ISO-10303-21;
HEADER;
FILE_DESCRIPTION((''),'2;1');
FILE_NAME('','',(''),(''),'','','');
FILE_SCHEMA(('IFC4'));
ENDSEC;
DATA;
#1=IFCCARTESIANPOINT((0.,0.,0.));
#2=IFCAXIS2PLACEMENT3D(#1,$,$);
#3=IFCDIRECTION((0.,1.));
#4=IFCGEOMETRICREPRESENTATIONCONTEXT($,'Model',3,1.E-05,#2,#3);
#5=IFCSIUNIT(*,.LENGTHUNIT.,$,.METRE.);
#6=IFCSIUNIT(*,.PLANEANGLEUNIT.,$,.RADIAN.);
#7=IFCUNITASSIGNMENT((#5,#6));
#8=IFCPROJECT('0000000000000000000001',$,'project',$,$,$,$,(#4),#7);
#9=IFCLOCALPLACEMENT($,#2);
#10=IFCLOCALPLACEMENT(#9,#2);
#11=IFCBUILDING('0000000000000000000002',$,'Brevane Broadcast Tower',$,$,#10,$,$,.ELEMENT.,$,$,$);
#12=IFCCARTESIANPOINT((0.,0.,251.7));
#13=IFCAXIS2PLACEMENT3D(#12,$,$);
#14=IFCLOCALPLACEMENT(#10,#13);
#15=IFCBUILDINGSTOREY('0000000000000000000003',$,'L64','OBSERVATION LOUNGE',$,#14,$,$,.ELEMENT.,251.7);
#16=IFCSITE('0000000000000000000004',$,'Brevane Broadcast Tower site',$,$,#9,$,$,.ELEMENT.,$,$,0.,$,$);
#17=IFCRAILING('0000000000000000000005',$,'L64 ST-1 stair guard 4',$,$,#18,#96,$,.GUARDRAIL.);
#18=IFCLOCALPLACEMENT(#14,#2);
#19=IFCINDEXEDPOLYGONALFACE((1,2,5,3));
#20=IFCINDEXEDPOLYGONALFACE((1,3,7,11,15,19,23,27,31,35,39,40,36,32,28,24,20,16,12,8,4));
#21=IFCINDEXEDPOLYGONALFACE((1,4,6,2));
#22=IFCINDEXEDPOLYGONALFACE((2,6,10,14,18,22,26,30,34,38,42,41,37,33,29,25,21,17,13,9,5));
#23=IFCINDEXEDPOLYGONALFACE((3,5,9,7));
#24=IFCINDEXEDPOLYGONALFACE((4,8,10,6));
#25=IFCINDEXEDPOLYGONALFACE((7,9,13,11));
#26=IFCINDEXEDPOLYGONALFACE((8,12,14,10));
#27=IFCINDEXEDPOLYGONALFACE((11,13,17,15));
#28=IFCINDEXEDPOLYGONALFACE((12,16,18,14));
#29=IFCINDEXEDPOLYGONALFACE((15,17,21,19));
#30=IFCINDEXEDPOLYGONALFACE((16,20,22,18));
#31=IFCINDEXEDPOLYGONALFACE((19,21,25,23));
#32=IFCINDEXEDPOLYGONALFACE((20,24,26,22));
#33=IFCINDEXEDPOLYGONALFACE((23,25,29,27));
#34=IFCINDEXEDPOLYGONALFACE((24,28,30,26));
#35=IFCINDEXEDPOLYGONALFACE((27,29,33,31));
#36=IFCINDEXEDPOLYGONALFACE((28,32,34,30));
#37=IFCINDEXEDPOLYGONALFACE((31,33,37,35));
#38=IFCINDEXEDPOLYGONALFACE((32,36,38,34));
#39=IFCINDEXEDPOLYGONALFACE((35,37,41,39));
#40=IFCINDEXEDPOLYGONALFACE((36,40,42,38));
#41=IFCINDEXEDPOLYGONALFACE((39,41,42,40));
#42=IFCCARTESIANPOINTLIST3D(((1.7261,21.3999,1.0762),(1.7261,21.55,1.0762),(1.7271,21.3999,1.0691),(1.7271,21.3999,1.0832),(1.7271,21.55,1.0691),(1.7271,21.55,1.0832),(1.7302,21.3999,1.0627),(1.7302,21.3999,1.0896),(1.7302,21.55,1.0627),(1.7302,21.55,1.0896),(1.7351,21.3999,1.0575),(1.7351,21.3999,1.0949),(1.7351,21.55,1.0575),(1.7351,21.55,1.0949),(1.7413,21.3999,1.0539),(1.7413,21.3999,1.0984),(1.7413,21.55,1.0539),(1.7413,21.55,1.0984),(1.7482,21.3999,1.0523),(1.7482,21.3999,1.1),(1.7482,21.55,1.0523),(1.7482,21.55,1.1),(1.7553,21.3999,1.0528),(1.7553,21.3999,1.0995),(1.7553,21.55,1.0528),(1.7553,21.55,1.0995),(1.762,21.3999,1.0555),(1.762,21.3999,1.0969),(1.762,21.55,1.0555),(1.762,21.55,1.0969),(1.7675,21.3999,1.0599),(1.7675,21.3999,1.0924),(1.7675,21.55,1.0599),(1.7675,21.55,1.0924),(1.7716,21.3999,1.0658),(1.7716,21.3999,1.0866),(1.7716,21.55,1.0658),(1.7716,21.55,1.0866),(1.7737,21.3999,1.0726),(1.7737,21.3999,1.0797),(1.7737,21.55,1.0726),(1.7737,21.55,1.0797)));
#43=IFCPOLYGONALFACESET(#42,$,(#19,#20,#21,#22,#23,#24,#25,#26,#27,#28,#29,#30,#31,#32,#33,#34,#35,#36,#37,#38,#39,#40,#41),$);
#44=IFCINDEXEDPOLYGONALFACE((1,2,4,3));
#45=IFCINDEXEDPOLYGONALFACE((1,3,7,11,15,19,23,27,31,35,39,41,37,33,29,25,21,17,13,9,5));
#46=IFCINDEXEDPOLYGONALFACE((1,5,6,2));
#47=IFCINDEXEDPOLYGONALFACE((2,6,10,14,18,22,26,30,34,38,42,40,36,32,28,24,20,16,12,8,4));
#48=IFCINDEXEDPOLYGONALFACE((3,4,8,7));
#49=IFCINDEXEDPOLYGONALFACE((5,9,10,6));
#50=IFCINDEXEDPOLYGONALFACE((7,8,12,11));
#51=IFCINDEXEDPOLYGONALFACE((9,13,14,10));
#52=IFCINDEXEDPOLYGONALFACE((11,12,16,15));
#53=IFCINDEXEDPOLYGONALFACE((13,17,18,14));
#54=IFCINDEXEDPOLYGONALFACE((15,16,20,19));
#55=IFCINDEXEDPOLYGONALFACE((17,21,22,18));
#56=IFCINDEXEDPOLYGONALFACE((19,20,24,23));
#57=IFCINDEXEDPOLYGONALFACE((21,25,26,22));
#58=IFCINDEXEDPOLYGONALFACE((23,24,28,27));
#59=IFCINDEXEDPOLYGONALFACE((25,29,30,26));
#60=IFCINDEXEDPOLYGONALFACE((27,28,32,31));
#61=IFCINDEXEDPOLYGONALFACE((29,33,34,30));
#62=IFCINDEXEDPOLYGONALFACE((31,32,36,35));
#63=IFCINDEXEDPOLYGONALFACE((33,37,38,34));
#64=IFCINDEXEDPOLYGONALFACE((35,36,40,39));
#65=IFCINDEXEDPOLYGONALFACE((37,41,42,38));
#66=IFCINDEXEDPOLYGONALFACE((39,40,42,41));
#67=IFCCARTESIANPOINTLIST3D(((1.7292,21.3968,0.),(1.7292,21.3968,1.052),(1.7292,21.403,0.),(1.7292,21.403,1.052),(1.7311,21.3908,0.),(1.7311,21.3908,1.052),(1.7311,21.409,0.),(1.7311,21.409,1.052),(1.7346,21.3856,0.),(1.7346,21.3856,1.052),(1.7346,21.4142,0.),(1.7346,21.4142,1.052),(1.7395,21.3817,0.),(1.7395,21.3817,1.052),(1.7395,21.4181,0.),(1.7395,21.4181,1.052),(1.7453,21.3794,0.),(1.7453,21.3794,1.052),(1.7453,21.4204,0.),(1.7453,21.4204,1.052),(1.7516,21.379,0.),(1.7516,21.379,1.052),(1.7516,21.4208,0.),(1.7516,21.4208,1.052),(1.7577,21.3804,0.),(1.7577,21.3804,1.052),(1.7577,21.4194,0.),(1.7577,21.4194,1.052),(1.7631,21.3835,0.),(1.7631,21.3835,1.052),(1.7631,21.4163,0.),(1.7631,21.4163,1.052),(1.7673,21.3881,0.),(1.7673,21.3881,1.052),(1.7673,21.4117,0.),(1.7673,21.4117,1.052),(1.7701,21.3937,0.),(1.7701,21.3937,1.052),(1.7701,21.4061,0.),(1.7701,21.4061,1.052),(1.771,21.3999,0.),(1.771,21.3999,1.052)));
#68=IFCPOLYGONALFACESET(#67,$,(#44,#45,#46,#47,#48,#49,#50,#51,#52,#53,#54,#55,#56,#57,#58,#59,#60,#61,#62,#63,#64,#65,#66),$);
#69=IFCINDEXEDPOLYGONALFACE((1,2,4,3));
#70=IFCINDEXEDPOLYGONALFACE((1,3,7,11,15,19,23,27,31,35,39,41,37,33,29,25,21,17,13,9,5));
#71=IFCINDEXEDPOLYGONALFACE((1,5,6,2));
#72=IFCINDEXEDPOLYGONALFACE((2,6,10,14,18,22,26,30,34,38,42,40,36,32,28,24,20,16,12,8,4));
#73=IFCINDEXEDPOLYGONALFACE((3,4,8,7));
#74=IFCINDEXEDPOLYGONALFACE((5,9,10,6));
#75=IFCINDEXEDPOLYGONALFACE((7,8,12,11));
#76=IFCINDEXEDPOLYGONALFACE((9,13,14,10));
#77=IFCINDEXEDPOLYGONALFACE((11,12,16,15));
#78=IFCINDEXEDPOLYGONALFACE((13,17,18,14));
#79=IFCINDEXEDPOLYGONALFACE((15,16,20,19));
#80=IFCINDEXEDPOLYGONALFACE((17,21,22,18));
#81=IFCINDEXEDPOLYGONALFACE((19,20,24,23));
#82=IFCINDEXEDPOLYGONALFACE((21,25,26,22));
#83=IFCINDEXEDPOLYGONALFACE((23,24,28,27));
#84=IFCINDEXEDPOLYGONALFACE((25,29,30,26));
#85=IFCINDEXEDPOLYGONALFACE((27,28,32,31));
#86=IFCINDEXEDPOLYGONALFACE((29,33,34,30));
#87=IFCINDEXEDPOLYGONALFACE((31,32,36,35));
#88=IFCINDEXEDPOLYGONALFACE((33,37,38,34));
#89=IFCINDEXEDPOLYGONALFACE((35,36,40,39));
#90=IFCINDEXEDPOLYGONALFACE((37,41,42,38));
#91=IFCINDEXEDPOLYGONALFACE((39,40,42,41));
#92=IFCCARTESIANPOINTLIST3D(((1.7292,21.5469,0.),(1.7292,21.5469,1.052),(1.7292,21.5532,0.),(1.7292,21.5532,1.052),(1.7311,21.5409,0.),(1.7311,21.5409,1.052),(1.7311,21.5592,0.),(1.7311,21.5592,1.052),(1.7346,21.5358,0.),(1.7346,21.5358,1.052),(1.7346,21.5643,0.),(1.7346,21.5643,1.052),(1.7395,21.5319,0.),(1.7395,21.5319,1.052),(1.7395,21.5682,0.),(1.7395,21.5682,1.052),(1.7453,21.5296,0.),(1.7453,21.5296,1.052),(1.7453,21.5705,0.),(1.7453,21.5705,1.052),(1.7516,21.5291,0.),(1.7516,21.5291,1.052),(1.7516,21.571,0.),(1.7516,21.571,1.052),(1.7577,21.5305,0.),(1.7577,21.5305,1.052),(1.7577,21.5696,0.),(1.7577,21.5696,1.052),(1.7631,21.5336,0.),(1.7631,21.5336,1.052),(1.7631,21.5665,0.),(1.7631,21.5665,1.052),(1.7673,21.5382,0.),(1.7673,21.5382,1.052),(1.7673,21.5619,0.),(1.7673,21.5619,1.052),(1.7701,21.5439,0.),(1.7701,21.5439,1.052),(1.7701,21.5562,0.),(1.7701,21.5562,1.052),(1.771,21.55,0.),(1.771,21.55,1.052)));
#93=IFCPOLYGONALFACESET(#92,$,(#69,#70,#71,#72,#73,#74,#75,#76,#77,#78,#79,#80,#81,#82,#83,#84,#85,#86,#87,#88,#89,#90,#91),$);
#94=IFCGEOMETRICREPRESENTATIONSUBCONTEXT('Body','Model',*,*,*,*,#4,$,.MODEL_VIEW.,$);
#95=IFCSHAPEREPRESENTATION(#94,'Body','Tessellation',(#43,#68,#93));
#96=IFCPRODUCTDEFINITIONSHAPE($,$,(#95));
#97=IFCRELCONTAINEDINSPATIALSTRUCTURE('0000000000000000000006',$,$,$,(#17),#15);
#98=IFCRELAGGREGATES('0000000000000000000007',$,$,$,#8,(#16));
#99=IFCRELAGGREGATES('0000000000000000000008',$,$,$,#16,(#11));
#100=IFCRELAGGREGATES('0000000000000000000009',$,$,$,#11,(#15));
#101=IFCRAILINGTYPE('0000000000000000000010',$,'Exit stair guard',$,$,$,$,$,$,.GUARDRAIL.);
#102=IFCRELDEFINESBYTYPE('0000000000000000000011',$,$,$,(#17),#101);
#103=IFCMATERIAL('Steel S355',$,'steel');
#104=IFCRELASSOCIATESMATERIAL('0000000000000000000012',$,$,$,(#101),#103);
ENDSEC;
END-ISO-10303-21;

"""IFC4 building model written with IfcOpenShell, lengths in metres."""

from ifc_helpers import new_model, si_unit, direction, frame, origin, origin_2d, place, context, subcontext, project, spatial, circle, extrude, material, type_object, element, save


model = new_model("IFC4")

# Units and contexts
model_context = context("Model", 3, precision=1e-05, world=origin(), true_north=direction((0.0, 1.0)))
body_context = subcontext(model_context, "Body", "Model", "MODEL_VIEW")
ifc_project = project(units=[si_unit("LENGTHUNIT", "METRE"), si_unit("PLANEANGLEUNIT", "RADIAN")], contexts=[model_context])

# Site, building, storey
site_placement = place(None, origin())
site = spatial("IfcSite", under=ifc_project, at=site_placement, Name="Brevane Broadcast Tower site", CompositionType="ELEMENT", RefElevation=0.0)
building_placement = place(site_placement, origin())
building = spatial("IfcBuilding", under=site, at=building_placement, Name="Brevane Broadcast Tower", CompositionType="ELEMENT")
storey_placement = place(building_placement, frame((0.0, 0.0, 251.7)))
storey = spatial("IfcBuildingStorey", under=building, at=storey_placement, Name="L64", Description="OBSERVATION LOUNGE", CompositionType="ELEMENT", Elevation=251.7)

# Railing
ifc_material_1 = material(Name="Steel S355", Category="steel")
railing_type_1 = type_object("IfcRailingType", Name="Exit stair guard", PredefinedType="GUARDRAIL", material=ifc_material_1)
railing_1_placement = place(storey_placement, frame((1.75, 21.3999, 0.0)))
element("IfcRailing", 1, at=railing_1_placement, inside=storey, type_object=railing_type_1, Name="L64 ST-1 stair guard 4", PredefinedType="GUARDRAIL", context=body_context, shape_type="SweptSolid", body=[
    extrude(circle(Radius=0.0239, at=origin_2d()), frame((0.0, 0.0, 1.0762), z_axis=(0.0, 1.0, 0.0), x_axis=(-1.0, 0.0, 0.0)), (0.0, 0.0, 1.0), 0.1501),
    extrude(circle(Radius=0.021, at=origin_2d()), origin(), (0.0, 0.0, 1.0), 1.052),
    extrude(circle(Radius=0.021, at=origin_2d()), frame((0.0, 0.1501, 0.0)), (0.0, 0.0, 1.0), 1.052),
])

save(model, "model.ifc")
